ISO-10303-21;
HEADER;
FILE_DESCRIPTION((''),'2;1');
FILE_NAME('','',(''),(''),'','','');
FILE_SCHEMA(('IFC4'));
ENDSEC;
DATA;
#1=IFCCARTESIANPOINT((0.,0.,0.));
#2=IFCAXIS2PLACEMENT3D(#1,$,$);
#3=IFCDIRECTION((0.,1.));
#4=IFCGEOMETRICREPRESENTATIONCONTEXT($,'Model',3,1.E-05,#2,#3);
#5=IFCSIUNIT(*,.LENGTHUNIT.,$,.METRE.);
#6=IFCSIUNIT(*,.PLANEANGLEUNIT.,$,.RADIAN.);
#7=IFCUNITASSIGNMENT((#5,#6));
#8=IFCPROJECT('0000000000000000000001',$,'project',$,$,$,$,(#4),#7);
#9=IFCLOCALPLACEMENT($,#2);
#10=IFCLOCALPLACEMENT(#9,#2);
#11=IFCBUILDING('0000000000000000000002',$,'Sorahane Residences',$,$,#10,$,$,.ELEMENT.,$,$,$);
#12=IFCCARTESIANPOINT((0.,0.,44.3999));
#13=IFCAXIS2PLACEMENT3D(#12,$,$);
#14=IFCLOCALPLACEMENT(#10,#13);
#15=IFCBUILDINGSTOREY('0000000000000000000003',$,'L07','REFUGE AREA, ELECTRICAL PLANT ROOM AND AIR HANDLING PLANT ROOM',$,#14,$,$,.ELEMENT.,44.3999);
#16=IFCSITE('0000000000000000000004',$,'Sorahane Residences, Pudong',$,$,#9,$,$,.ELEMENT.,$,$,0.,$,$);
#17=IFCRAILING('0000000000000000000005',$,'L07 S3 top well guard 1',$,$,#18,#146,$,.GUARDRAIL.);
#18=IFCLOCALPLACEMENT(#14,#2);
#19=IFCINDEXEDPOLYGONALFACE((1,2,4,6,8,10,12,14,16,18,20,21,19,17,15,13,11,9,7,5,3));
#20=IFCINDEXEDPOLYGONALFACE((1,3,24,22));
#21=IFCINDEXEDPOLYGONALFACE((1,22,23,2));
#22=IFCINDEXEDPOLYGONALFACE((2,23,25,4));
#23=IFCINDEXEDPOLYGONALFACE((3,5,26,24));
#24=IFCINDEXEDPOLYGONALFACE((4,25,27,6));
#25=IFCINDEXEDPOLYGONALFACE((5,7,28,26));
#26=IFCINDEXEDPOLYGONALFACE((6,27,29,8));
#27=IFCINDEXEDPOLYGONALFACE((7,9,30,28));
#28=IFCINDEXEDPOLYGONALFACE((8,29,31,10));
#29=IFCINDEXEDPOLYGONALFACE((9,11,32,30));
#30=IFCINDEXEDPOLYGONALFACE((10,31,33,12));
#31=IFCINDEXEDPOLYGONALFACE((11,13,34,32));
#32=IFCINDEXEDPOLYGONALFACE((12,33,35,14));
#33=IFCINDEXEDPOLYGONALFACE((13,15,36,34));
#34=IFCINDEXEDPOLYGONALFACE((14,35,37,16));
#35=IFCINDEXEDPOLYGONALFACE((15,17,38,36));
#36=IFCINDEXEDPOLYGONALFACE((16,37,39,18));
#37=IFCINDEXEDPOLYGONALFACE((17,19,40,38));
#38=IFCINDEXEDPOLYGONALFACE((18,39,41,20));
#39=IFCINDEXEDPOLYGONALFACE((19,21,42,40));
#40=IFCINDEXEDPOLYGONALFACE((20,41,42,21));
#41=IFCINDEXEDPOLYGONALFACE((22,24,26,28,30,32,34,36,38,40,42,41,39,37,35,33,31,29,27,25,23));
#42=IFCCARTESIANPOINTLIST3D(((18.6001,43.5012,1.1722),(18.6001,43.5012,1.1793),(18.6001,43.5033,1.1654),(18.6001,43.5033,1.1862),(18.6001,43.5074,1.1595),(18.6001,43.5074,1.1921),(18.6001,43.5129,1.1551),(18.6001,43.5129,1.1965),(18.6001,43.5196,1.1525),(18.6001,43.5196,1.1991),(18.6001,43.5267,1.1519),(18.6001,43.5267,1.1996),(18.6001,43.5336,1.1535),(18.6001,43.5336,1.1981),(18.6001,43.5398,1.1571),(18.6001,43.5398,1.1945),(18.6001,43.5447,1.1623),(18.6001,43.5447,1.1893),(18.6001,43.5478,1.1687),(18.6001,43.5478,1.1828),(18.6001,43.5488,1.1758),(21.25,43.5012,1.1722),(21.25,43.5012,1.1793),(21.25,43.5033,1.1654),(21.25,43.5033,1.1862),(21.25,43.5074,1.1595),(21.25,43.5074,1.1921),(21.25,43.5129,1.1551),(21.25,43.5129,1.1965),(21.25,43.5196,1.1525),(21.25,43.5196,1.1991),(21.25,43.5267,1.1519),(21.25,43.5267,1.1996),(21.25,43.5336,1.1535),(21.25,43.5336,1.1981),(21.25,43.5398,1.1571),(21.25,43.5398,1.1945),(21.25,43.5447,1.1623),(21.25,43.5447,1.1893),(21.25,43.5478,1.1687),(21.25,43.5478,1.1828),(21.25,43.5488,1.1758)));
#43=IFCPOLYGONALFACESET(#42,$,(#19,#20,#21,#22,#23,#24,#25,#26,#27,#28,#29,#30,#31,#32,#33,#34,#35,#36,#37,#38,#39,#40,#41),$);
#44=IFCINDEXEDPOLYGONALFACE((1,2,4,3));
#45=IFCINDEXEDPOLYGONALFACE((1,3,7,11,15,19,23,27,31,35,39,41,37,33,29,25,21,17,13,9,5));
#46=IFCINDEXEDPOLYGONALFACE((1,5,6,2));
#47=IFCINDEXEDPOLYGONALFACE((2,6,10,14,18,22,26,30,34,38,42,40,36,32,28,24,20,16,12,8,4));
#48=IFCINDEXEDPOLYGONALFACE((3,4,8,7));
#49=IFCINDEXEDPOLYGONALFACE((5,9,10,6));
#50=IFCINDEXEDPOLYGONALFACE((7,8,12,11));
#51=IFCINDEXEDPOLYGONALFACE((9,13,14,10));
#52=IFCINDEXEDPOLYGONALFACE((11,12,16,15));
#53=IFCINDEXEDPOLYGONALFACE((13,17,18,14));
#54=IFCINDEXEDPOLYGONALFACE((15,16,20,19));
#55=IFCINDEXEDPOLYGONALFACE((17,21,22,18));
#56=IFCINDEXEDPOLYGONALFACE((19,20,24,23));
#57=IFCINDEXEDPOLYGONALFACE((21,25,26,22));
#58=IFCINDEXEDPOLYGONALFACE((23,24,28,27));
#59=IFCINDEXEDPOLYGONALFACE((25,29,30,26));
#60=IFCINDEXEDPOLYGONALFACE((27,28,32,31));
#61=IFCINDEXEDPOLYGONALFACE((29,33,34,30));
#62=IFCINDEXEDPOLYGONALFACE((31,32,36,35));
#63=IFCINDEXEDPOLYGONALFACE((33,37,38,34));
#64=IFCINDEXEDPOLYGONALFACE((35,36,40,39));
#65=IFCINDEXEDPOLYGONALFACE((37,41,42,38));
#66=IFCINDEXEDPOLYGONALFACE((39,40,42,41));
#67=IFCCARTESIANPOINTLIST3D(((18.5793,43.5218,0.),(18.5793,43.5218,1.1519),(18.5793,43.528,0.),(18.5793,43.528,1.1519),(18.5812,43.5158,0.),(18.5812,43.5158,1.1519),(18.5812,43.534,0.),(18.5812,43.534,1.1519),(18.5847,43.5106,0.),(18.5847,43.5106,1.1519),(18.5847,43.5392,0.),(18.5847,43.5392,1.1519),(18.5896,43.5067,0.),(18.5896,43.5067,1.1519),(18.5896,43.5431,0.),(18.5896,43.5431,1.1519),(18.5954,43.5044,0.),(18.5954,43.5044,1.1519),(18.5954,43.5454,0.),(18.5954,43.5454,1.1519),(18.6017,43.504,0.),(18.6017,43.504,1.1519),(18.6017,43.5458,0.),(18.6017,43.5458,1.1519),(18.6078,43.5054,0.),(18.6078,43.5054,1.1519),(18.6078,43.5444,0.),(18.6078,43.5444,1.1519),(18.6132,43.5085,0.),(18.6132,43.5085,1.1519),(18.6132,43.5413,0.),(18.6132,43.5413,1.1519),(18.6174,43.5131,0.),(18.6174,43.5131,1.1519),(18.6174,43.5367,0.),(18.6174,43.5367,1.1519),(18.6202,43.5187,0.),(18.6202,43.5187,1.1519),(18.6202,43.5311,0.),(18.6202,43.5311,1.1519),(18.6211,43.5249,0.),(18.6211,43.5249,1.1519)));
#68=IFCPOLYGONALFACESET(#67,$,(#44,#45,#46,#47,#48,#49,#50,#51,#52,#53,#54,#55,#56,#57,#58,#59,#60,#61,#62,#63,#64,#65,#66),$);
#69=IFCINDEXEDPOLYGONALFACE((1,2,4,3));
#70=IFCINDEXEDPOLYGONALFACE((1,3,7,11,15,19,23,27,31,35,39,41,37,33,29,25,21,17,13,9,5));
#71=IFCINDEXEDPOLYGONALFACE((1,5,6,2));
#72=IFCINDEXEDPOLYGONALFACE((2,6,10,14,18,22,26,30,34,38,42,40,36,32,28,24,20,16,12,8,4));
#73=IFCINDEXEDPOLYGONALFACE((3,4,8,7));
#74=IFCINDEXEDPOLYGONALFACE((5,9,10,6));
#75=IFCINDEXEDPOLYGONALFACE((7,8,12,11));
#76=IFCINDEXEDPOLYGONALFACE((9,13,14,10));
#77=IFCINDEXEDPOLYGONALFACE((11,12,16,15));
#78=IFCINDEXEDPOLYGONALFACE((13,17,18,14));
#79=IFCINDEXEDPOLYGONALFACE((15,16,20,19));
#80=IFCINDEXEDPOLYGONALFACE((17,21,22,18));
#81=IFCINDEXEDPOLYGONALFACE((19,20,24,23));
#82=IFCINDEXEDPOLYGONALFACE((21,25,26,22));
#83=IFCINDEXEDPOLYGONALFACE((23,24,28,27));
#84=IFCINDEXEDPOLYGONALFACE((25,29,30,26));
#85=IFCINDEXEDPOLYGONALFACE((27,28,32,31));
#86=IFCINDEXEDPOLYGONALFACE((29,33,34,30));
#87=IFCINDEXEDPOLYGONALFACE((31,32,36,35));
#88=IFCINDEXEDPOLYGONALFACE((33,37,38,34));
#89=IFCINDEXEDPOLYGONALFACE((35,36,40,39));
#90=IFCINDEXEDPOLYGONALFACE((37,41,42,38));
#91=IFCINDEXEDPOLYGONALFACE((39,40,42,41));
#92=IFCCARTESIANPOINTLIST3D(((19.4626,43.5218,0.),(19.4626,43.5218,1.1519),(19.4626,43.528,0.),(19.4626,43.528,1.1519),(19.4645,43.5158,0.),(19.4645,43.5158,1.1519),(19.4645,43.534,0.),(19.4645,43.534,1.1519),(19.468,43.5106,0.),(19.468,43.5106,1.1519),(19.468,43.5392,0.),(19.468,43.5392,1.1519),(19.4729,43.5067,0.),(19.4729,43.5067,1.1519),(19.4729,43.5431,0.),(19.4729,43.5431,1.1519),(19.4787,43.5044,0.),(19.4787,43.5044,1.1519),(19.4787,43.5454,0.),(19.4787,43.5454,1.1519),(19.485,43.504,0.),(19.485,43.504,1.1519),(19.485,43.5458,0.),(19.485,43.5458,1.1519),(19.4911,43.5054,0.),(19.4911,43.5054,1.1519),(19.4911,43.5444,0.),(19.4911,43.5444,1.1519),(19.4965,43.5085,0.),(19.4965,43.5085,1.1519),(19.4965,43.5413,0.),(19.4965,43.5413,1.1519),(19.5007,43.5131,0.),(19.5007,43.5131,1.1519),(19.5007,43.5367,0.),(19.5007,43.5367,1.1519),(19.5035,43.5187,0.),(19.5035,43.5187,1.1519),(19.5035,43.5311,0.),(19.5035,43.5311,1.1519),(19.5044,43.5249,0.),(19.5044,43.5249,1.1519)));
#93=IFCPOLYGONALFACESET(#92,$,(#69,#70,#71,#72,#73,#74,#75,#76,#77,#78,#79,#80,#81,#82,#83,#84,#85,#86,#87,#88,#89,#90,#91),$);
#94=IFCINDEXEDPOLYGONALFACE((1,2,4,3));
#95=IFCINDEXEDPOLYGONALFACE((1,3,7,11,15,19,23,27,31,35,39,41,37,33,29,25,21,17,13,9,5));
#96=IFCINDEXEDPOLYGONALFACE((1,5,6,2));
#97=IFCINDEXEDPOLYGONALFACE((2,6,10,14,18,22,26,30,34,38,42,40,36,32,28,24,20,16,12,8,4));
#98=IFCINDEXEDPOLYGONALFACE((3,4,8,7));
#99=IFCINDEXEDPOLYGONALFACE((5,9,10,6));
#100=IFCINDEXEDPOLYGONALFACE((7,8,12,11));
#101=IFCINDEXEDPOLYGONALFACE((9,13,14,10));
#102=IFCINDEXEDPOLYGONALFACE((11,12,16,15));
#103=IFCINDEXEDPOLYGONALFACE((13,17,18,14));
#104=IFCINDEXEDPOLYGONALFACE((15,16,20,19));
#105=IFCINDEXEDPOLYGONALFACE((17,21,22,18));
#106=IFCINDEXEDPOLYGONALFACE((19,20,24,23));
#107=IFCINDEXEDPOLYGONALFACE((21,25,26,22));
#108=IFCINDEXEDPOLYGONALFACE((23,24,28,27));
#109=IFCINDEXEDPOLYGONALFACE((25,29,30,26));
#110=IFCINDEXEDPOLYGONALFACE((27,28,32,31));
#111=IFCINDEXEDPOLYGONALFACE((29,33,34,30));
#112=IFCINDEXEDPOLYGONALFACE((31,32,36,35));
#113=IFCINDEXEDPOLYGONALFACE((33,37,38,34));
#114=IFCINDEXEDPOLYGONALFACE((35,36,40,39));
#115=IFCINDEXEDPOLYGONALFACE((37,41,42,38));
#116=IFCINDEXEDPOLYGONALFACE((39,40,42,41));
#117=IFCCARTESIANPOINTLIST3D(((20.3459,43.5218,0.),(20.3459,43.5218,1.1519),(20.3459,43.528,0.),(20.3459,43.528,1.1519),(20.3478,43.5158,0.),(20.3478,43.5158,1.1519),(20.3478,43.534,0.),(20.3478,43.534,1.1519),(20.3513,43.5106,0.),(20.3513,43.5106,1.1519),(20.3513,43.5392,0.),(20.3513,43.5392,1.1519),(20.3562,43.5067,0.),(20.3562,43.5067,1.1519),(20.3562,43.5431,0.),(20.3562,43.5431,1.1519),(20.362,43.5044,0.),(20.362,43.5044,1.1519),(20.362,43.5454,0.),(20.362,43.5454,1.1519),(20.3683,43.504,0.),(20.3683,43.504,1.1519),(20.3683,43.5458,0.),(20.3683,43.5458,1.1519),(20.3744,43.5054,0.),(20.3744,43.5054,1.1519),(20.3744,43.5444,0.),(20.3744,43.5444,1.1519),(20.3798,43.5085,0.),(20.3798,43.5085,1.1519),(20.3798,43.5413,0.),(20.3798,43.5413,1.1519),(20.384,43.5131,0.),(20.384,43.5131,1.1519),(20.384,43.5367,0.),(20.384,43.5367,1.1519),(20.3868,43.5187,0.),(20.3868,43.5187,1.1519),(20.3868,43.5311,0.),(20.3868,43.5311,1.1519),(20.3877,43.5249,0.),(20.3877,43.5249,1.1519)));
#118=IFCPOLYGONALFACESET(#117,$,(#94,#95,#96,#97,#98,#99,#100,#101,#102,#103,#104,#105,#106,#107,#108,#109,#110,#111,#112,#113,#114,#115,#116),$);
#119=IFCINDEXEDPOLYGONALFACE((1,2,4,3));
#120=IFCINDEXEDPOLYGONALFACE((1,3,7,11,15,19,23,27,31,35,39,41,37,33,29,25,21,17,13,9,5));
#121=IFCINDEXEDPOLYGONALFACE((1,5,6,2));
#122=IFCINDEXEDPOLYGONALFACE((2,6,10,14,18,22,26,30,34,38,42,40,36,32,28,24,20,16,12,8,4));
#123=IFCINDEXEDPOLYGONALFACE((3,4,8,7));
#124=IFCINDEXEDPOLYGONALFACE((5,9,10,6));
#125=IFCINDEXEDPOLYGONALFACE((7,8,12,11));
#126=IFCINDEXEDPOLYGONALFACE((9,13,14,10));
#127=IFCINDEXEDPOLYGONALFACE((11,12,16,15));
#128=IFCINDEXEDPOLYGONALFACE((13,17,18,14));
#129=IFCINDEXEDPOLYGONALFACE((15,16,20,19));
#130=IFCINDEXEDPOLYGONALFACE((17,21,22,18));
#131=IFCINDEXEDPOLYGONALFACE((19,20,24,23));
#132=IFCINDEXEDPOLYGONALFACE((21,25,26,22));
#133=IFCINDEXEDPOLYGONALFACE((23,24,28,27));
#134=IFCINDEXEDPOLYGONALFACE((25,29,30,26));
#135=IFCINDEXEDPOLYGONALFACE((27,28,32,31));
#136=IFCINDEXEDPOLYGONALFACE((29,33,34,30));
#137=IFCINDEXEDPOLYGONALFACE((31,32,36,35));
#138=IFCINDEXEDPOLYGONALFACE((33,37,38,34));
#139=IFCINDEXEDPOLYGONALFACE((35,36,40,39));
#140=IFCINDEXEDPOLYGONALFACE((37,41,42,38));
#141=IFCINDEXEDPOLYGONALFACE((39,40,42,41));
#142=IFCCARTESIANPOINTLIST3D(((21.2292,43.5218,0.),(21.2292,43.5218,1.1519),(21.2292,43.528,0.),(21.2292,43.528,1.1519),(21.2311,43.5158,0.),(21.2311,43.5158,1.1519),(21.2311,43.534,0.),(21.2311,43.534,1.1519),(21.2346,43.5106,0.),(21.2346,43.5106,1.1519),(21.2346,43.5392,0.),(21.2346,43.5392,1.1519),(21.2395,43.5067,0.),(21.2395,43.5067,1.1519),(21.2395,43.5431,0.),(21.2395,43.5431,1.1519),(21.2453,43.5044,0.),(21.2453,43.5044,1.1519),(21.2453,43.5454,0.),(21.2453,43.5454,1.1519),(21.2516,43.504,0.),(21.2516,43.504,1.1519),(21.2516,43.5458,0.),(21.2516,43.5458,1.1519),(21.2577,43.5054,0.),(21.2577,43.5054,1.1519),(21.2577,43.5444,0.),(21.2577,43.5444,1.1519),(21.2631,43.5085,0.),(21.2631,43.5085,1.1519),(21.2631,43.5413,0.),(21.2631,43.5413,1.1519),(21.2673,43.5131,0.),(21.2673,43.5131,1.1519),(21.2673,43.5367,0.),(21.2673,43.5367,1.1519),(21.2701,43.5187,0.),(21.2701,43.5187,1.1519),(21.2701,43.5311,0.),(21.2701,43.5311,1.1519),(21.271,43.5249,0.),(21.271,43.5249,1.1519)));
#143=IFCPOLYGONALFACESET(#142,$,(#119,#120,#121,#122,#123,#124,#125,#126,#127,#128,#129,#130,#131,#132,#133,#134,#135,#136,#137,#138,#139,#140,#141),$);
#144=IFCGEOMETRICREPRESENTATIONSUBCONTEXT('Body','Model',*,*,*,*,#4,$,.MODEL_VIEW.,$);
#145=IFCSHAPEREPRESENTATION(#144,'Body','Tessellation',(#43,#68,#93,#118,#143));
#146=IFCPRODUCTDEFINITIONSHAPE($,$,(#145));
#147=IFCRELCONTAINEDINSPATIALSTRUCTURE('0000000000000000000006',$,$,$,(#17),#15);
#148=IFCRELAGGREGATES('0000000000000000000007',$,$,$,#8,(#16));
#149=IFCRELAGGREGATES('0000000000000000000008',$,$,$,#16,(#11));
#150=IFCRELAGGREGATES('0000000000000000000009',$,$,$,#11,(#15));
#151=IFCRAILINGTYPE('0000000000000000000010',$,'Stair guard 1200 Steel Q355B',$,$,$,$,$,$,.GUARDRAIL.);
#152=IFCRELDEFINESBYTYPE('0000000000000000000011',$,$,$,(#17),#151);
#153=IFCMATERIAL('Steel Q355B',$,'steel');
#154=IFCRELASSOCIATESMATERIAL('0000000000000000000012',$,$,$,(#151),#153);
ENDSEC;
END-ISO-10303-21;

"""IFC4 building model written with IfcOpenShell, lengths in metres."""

from ifc_helpers import new_model, si_unit, direction, frame, origin, origin_2d, place, context, subcontext, project, spatial, circle, extrude, material, type_object, element, save


model = new_model("IFC4")

# Units and contexts
model_context = context("Model", 3, precision=1e-05, world=origin(), true_north=direction((0.0, 1.0)))
body_context = subcontext(model_context, "Body", "Model", "MODEL_VIEW")
ifc_project = project(units=[si_unit("LENGTHUNIT", "METRE"), si_unit("PLANEANGLEUNIT", "RADIAN")], contexts=[model_context])

# Site, building, storey
site_placement = place(None, origin())
site = spatial("IfcSite", under=ifc_project, at=site_placement, Name="Sorahane Residences, Pudong", CompositionType="ELEMENT", RefElevation=0.0)
building_placement = place(site_placement, origin())
building = spatial("IfcBuilding", under=site, at=building_placement, Name="Sorahane Residences", CompositionType="ELEMENT")
storey_placement = place(building_placement, frame((0.0, 0.0, 44.3999)))
storey = spatial("IfcBuildingStorey", under=building, at=storey_placement, Name="L07", Description="REFUGE AREA, ELECTRICAL PLANT ROOM AND AIR HANDLING PLANT ROOM", CompositionType="ELEMENT", Elevation=44.3999)

# Railing
ifc_material_1 = material(Name="Steel Q355B", Category="steel")
railing_type = type_object("IfcRailingType", Name="Stair guard 1200 Steel Q355B", PredefinedType="GUARDRAIL", material=ifc_material_1)
railing_1_placement = place(storey_placement, frame((18.6001, 43.5249, 0.0)))
element("IfcRailing", 1, at=railing_1_placement, inside=storey, type_object=railing_type, Name="L07 S3 top well guard 1", PredefinedType="GUARDRAIL", context=body_context, shape_type="SweptSolid", body=[
    extrude(circle(Radius=0.0239, at=origin_2d()), frame((0.0, 0.0, 1.1758), z_axis=(1.0, 0.0, 0.0), x_axis=(0.0, 1.0, 0.0)), (0.0, 0.0, 1.0), 2.6499),
    extrude(circle(Radius=0.021, at=origin_2d()), origin(), (0.0, 0.0, 1.0), 1.1519),
    extrude(circle(Radius=0.021, at=origin_2d()), frame((0.8833, 0.0, 0.0)), (0.0, 0.0, 1.0), 1.1519),
    extrude(circle(Radius=0.021, at=origin_2d()), frame((1.7666, 0.0, 0.0)), (0.0, 0.0, 1.0), 1.1519),
    extrude(circle(Radius=0.021, at=origin_2d()), frame((2.6499, 0.0, 0.0)), (0.0, 0.0, 1.0), 1.1519),
])

save(model, "model.ifc")
